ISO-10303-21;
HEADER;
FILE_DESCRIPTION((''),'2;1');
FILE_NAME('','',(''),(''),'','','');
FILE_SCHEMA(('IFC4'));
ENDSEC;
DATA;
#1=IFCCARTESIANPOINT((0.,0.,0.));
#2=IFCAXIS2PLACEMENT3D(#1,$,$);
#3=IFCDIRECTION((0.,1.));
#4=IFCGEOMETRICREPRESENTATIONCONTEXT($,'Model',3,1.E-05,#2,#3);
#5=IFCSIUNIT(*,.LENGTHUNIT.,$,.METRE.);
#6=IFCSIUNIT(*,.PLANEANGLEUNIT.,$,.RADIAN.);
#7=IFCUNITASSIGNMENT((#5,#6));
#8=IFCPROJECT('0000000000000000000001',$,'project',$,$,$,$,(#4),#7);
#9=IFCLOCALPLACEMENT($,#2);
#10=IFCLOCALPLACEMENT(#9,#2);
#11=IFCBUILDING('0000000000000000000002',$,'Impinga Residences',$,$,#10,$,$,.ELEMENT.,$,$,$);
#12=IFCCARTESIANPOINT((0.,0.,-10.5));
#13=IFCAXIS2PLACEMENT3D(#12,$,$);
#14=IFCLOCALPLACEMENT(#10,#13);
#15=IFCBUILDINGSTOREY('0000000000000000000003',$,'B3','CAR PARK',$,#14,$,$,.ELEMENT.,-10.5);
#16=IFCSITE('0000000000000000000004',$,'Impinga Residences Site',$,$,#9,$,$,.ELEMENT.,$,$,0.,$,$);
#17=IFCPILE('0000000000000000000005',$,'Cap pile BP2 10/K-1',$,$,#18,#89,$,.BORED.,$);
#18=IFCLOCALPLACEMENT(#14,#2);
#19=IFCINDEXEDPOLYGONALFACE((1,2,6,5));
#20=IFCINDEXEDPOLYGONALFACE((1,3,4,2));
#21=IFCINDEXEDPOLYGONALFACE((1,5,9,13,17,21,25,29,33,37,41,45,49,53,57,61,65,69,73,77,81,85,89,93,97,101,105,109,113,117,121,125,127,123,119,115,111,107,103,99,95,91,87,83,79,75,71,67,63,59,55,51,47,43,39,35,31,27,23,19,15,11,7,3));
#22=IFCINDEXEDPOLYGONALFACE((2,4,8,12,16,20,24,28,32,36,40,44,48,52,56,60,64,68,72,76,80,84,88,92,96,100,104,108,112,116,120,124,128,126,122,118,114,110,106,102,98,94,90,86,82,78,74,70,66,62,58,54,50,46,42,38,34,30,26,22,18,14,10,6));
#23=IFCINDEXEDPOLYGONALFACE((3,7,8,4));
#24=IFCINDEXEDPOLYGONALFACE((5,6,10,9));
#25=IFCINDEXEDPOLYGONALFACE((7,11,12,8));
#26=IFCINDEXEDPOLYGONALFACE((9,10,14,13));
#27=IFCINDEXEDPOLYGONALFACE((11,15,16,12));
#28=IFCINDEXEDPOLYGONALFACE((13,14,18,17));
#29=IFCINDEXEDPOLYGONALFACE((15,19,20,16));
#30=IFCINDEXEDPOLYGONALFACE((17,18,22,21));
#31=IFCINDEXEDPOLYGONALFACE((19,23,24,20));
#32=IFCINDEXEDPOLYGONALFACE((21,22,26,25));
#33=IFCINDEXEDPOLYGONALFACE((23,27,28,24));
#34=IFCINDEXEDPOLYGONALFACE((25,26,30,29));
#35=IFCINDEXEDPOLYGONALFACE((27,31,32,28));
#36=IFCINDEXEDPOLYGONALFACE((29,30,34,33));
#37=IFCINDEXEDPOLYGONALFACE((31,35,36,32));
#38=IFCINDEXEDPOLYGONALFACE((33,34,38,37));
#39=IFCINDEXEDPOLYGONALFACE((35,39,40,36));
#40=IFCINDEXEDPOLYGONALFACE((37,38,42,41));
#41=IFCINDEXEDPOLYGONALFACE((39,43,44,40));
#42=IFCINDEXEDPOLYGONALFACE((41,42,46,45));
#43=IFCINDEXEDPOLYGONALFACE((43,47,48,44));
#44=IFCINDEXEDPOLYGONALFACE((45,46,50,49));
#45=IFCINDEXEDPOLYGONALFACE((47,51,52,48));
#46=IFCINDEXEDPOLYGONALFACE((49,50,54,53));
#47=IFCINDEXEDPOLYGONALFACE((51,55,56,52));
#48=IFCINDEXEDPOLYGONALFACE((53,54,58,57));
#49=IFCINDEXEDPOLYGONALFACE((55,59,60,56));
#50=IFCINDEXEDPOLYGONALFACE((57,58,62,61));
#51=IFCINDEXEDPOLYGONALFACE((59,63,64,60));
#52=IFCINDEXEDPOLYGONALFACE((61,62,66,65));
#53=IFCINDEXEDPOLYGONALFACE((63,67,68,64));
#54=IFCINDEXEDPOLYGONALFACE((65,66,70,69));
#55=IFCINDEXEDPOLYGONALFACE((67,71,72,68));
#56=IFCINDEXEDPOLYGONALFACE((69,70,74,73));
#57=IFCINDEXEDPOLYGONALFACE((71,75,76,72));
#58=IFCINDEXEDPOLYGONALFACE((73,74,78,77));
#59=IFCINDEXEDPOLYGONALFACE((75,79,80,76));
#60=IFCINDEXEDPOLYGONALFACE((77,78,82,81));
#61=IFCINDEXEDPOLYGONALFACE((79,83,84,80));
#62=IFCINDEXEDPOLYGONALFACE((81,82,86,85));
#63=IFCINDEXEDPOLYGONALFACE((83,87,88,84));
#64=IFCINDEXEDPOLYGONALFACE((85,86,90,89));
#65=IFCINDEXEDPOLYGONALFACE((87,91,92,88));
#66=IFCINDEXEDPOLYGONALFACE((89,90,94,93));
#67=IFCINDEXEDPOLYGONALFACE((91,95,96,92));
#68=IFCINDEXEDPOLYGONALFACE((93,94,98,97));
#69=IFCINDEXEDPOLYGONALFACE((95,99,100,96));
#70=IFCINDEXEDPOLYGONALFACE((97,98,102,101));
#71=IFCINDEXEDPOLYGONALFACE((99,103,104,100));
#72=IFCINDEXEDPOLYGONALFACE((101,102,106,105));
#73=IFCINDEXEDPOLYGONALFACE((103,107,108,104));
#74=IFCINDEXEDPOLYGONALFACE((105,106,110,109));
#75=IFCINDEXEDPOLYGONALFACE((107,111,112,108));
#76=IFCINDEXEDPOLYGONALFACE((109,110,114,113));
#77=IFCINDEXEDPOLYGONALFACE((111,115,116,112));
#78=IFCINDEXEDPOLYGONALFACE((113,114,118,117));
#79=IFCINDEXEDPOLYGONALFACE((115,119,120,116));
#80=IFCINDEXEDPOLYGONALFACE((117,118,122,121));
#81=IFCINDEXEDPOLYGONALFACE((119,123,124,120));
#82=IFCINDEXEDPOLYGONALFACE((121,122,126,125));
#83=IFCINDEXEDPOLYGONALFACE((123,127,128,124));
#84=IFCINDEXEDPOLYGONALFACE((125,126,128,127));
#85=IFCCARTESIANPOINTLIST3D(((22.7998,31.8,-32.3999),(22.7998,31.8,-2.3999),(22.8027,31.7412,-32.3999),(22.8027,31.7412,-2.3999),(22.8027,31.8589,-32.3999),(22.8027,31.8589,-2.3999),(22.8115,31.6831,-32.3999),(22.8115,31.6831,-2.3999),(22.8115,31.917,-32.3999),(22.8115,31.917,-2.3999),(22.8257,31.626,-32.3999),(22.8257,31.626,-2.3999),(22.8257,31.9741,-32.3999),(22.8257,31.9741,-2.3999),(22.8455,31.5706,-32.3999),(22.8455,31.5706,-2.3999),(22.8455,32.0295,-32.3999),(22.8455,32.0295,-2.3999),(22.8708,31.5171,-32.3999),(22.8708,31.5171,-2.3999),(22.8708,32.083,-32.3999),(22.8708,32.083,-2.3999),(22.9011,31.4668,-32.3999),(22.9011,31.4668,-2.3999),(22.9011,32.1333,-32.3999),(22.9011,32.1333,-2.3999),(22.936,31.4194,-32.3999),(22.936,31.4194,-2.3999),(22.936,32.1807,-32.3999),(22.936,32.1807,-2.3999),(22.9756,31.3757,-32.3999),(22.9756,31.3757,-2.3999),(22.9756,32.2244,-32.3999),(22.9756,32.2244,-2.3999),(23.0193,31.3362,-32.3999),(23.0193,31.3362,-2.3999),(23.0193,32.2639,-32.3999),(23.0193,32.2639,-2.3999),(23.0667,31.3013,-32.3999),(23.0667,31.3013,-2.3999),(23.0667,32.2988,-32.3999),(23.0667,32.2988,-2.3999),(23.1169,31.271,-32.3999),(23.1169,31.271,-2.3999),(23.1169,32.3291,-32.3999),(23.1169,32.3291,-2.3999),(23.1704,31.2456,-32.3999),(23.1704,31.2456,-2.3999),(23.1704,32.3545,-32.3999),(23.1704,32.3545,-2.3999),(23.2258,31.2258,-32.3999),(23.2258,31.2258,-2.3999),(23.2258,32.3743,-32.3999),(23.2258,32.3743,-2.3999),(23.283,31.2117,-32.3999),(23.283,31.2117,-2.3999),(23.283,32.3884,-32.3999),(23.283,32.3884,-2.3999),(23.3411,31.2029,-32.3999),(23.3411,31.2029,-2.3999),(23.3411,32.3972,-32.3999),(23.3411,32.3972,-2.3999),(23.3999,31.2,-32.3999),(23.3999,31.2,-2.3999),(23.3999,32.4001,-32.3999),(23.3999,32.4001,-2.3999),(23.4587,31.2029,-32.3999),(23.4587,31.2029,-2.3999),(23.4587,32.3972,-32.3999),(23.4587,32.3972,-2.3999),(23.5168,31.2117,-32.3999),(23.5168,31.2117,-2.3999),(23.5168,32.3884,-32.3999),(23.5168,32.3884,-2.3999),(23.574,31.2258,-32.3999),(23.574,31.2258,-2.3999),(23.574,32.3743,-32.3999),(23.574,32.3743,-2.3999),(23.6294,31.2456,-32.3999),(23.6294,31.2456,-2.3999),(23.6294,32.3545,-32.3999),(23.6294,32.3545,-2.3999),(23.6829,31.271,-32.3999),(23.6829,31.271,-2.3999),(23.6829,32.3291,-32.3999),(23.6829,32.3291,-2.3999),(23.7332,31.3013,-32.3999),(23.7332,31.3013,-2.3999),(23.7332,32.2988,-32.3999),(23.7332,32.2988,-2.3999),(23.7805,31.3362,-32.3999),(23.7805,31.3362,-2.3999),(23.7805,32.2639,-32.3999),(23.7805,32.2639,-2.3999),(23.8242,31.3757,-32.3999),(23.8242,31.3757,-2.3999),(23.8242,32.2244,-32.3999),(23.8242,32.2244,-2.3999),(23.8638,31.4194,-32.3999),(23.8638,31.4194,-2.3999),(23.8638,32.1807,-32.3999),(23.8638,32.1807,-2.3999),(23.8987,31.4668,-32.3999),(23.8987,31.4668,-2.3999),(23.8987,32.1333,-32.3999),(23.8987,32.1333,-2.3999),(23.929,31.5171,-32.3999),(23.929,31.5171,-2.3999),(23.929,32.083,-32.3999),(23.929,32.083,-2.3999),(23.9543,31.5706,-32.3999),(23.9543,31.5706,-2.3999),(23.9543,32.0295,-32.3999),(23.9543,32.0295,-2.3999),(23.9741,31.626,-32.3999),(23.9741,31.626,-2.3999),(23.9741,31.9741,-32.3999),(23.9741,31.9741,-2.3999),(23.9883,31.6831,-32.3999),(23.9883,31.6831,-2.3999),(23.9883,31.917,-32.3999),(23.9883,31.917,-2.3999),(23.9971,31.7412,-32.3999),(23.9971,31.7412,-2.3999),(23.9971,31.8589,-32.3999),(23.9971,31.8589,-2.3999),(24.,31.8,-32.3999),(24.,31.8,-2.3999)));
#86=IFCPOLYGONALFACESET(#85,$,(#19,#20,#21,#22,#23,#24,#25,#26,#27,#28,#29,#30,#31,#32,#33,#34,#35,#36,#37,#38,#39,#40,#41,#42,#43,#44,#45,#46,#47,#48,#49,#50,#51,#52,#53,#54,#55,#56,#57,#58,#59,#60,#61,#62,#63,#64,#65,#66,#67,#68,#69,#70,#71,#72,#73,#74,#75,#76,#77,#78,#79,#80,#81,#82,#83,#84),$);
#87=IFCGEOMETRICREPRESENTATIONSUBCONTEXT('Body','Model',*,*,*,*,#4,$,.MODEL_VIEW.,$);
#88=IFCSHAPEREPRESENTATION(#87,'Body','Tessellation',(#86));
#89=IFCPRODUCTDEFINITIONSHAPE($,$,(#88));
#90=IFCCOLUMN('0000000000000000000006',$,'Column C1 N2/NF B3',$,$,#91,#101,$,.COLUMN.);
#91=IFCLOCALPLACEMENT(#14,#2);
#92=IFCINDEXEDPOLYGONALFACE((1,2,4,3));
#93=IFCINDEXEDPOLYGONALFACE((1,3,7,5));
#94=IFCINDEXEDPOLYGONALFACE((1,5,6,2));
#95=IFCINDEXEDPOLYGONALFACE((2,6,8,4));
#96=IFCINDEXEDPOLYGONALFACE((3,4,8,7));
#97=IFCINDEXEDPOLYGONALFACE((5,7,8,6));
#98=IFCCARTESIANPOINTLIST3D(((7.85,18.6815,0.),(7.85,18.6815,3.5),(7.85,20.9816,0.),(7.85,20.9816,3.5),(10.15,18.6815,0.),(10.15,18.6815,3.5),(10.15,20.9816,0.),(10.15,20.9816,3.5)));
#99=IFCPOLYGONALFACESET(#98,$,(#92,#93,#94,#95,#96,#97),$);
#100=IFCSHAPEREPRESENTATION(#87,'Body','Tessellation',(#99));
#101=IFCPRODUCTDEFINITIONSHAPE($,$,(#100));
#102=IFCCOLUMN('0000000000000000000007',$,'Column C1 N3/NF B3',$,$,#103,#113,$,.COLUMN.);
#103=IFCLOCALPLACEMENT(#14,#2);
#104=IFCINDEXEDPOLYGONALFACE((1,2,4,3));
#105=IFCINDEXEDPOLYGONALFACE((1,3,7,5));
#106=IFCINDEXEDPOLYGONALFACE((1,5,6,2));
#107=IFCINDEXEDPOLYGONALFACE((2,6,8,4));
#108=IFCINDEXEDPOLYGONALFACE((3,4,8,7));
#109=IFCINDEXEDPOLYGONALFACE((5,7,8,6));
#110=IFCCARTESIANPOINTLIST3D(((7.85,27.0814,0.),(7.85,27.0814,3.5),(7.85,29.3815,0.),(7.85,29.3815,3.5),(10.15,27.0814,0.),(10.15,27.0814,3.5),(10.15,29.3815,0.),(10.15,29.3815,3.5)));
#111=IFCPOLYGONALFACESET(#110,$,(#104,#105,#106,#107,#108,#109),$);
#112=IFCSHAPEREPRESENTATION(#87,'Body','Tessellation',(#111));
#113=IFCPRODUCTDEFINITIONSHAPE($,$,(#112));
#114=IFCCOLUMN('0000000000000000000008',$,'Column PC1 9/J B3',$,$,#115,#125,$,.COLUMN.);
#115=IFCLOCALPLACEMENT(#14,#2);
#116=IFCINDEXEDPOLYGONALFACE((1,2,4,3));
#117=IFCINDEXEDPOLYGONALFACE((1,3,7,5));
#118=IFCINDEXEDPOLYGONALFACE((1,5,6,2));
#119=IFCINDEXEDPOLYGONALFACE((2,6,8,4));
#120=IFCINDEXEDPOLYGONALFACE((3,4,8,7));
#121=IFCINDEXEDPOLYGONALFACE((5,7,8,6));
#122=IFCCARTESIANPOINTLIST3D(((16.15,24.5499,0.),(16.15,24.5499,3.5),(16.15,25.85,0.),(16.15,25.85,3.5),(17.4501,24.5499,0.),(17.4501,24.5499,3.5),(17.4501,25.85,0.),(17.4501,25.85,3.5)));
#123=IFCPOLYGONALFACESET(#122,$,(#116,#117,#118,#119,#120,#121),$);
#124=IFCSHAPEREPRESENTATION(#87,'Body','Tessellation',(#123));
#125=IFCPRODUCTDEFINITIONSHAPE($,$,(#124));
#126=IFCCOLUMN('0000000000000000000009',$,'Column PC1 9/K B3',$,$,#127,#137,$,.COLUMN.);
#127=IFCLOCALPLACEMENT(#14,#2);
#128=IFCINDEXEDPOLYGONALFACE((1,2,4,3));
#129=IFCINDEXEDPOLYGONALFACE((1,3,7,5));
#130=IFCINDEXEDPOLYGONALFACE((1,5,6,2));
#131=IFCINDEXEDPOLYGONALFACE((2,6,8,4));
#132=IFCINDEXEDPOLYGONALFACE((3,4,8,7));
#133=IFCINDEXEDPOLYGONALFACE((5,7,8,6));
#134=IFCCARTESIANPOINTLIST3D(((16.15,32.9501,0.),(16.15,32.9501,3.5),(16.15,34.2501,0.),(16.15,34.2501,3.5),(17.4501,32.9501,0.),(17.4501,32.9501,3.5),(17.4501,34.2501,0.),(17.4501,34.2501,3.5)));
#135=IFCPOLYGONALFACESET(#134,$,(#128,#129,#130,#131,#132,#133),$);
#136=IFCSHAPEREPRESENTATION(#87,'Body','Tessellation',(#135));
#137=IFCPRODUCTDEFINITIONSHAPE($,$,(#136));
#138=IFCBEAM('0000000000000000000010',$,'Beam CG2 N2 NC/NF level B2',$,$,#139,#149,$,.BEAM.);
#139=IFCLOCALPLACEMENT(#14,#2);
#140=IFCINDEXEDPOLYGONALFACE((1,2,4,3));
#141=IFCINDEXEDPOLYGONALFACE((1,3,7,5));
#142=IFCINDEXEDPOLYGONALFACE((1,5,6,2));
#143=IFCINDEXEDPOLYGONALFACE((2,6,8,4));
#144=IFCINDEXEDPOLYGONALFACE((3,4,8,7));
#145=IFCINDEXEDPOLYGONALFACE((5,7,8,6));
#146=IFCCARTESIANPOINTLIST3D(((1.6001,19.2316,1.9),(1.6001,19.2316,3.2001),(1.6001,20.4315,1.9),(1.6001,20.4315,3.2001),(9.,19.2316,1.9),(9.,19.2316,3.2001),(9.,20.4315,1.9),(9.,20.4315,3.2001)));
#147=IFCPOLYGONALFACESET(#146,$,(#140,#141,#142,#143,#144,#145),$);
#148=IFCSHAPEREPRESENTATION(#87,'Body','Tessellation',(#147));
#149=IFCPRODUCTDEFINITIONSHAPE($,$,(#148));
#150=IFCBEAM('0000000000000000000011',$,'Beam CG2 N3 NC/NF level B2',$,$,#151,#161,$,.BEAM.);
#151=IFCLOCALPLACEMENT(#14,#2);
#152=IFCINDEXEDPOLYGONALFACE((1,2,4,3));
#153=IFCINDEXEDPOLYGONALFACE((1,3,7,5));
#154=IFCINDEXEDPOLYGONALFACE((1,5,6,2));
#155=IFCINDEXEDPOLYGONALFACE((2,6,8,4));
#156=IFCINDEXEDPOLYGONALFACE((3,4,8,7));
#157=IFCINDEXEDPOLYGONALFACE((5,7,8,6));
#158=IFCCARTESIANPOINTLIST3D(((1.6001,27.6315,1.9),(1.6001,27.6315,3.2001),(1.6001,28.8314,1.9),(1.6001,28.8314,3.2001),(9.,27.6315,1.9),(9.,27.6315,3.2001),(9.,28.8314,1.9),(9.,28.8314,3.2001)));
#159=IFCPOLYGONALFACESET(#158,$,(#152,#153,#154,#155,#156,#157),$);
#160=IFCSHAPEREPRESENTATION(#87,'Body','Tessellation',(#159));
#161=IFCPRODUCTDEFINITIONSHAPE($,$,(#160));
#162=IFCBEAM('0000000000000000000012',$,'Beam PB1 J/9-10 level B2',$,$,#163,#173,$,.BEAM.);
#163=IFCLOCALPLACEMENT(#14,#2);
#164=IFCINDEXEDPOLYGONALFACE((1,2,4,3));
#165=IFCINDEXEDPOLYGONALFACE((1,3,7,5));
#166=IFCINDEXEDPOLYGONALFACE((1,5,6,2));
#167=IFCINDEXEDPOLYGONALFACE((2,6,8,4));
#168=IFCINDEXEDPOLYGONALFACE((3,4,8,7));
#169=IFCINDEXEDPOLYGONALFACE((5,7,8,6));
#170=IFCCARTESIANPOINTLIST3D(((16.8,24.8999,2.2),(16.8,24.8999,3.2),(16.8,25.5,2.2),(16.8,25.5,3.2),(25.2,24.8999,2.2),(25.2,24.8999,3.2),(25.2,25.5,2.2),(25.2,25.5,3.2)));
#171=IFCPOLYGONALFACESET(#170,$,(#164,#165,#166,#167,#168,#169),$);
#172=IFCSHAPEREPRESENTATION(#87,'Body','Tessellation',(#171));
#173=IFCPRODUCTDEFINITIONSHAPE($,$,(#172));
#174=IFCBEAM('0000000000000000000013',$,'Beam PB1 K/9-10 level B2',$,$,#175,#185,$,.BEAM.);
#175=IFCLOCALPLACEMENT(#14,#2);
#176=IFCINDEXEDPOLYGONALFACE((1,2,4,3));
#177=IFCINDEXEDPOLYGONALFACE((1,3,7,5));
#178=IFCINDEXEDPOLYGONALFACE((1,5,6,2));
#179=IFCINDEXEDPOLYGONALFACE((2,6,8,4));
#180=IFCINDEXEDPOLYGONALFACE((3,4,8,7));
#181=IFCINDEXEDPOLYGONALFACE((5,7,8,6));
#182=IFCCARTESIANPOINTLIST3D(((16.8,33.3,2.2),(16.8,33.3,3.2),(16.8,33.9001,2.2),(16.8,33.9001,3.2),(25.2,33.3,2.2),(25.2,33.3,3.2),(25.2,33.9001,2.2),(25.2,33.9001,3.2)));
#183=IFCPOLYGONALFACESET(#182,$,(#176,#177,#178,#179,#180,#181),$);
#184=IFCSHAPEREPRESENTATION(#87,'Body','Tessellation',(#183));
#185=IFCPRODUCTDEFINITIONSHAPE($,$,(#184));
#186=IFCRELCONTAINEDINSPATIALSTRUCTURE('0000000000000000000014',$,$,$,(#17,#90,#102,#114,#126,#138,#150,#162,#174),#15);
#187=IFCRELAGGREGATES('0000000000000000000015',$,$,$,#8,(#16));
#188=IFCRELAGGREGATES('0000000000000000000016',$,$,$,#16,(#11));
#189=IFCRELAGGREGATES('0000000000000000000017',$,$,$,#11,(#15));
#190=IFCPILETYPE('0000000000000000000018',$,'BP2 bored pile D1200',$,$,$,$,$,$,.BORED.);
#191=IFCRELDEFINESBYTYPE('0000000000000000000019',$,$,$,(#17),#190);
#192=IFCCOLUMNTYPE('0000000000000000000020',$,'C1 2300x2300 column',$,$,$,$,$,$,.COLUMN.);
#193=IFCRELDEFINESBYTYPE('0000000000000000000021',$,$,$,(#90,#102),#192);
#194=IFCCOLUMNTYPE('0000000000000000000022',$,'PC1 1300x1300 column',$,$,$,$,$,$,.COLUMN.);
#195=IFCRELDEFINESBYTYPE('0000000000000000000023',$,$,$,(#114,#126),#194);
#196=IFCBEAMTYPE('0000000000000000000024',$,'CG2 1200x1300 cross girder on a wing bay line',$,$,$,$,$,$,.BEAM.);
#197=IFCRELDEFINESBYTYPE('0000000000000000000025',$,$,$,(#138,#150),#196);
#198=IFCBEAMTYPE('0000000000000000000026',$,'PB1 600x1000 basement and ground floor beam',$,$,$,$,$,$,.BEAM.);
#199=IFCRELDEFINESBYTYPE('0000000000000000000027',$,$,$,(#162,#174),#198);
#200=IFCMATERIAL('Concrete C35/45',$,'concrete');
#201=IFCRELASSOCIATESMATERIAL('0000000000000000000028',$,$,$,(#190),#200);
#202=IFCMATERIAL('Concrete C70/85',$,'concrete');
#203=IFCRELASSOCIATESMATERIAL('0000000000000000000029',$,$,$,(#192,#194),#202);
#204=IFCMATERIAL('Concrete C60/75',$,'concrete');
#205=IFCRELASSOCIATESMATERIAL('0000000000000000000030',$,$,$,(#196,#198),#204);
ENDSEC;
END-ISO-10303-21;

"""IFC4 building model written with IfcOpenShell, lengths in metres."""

from ifc_helpers import new_model, si_unit, direction, frame, origin, origin_2d, place, context, subcontext, project, spatial, polyline, rectangle, circle, outline, extrude, material, material_profile, profile_set, type_object, element, save


model = new_model("IFC4")

# Units and contexts
model_context = context("Model", 3, precision=1e-05, world=origin(), true_north=direction((0.0, 1.0)))
body_context = subcontext(model_context, "Body", "Model", "MODEL_VIEW")
ifc_project = project(units=[si_unit("LENGTHUNIT", "METRE"), si_unit("PLANEANGLEUNIT", "RADIAN")], contexts=[model_context])

# Site, building, storey
site_placement = place(None, origin())
site = spatial("IfcSite", under=ifc_project, at=site_placement, Name="Impinga Residences Site", CompositionType="ELEMENT", RefElevation=0.0)
building_placement = place(site_placement, origin())
building = spatial("IfcBuilding", under=site, at=building_placement, Name="Impinga Residences", CompositionType="ELEMENT")
storey_placement = place(building_placement, frame((0.0, 0.0, -10.5)))
storey = spatial("IfcBuildingStorey", under=building, at=storey_placement, Name="B3", Description="CAR PARK", CompositionType="ELEMENT", Elevation=-10.5)

# Pile
ifc_material_1 = material(Name="Concrete C35/45", Category="concrete")
ifc_material_profile_1 = material_profile(ifc_material_1, circle(Radius=0.6001, at=origin_2d()), Name="D1200")
ifc_profile_set_1 = profile_set([ifc_material_profile_1], Name="Concrete C35/45")
pile_type_1 = type_object("IfcPileType", Name="BP2 bored pile D1200", PredefinedType="BORED", material=ifc_profile_set_1)
pile_1_placement = place(storey_placement, frame((23.3999, 31.8, -2.3999), z_axis=(0.0, 0.0, -1.0), x_axis=(1.0, 0.0, 0.0)))
element("IfcPile", 1, at=pile_1_placement, inside=storey, type_object=pile_type_1, Name="Cap pile BP2 10/K-1", PredefinedType="BORED", context=body_context, shape_type="SweptSolid", body=[
    extrude(outline(polyline([(0.6001, 0.0), (0.5972, 0.0588), (0.5884, 0.1169), (0.5742, 0.1741), (0.5544, 0.2295), (0.5291, 0.283), (0.4988, 0.3333), (0.4639, 0.3806), (0.4243, 0.4243), (0.3806, 0.4639), (0.3333, 0.4988), (0.283, 0.5291), (0.2295, 0.5544), (0.1741, 0.5742), (0.1169, 0.5884), (0.0588, 0.5972), (0.0, 0.6001), (-0.0588, 0.5972), (-0.1169, 0.5884), (-0.1741, 0.5742), (-0.2295, 0.5544), (-0.283, 0.5291), (-0.3333, 0.4988), (-0.3806, 0.4639), (-0.4243, 0.4243), (-0.4639, 0.3806), (-0.4988, 0.3333), (-0.5291, 0.283), (-0.5544, 0.2295), (-0.5742, 0.1741), (-0.5884, 0.1169), (-0.5972, 0.0588), (-0.6001, 0.0), (-0.5972, -0.0588), (-0.5884, -0.1169), (-0.5742, -0.1741), (-0.5544, -0.2295), (-0.5291, -0.283), (-0.4988, -0.3333), (-0.4639, -0.3806), (-0.4243, -0.4243), (-0.3806, -0.4639), (-0.3333, -0.4988), (-0.283, -0.5291), (-0.2295, -0.5544), (-0.1741, -0.5742), (-0.1169, -0.5884), (-0.0588, -0.5972), (0.0, -0.6001), (0.0588, -0.5972), (0.1169, -0.5884), (0.1741, -0.5742), (0.2295, -0.5544), (0.283, -0.5291), (0.3333, -0.4988), (0.3806, -0.4639), (0.4243, -0.4243), (0.4639, -0.3806), (0.4988, -0.3333), (0.5291, -0.283), (0.5544, -0.2295), (0.5742, -0.1741), (0.5884, -0.1169), (0.5972, -0.0588), (0.6001, 0.0)])), origin(), (0.0, 0.0, 1.0), 30.0),
])

# Columns
ifc_material_2 = material(Name="Concrete C70/85", Category="concrete")
ifc_material_profile_2 = material_profile(ifc_material_2, rectangle(XDim=2.3, YDim=2.3, at=origin_2d()), Name="RC 2300x2300")
ifc_profile_set_2 = profile_set([ifc_material_profile_2], Name="Concrete C70/85")
column_type_1 = type_object("IfcColumnType", Name="C1 2300x2300 column", PredefinedType="COLUMN", material=ifc_profile_set_2)
for number, where, z_axis, x_axis, name in (
    (2, (9.0, 19.8315, 0.0), (0.0, 0.0, 1.0), (1.0, 0.0, 0.0), "Column C1 N2/NF B3"),
    (3, (9.0, 28.2314, 0.0), (0.0, 0.0, 1.0), (1.0, 0.0, 0.0), "Column C1 N3/NF B3"),
):
    element("IfcColumn", number, at=place(storey_placement, frame(where, z_axis=z_axis, x_axis=x_axis)), inside=storey, type_object=column_type_1, Name=name, PredefinedType="COLUMN", context=body_context, shape_type="SweptSolid", body=[
        extrude(rectangle(XDim=2.3, YDim=2.3, at=origin_2d()), origin(), (0.0, 0.0, 1.0), 3.5),
    ])
ifc_material_profile_3 = material_profile(ifc_material_2, rectangle(XDim=1.3, YDim=1.3, at=origin_2d()), Name="RC 1300x1300")
ifc_profile_set_3 = profile_set([ifc_material_profile_3], Name="Concrete C70/85")
column_type_2 = type_object("IfcColumnType", Name="PC1 1300x1300 column", PredefinedType="COLUMN", material=ifc_profile_set_3)
for number, where, z_axis, x_axis, name in (
    (4, (16.8, 25.2, 0.0), (0.0, 0.0, 1.0), (1.0, 0.0, 0.0), "Column PC1 9/J B3"),
    (5, (16.8, 33.6001, 0.0), (0.0, 0.0, 1.0), (1.0, 0.0, 0.0), "Column PC1 9/K B3"),
):
    element("IfcColumn", number, at=place(storey_placement, frame(where, z_axis=z_axis, x_axis=x_axis)), inside=storey, type_object=column_type_2, Name=name, PredefinedType="COLUMN", context=body_context, shape_type="SweptSolid", body=[
        extrude(rectangle(XDim=1.3, YDim=1.3, at=origin_2d()), origin(), (0.0, 0.0, 1.0), 3.5),
    ])

# Beams
ifc_material_3 = material(Name="Concrete C60/75", Category="concrete")
ifc_material_profile_4 = material_profile(ifc_material_3, rectangle(XDim=1.2, YDim=1.3, at=origin_2d()), Name="RC 1200x1300")
ifc_profile_set_4 = profile_set([ifc_material_profile_4], Name="Concrete C60/75")
beam_type_1 = type_object("IfcBeamType", Name="CG2 1200x1300 cross girder on a wing bay line", PredefinedType="BEAM", material=ifc_profile_set_4)
for number, where, z_axis, x_axis, name in (
    (6, (1.6001, 19.8315, 2.55), (1.0, 0.0, 0.0), (0.0, 1.0, 0.0), "Beam CG2 N2 NC/NF level B2"),
    (7, (1.6001, 28.2314, 2.55), (1.0, 0.0, 0.0), (0.0, 1.0, 0.0), "Beam CG2 N3 NC/NF level B2"),
):
    element("IfcBeam", number, at=place(storey_placement, frame(where, z_axis=z_axis, x_axis=x_axis)), inside=storey, type_object=beam_type_1, Name=name, PredefinedType="BEAM", context=body_context, shape_type="SweptSolid", body=[
        extrude(rectangle(XDim=1.2, YDim=1.3, at=origin_2d()), origin(), (0.0, 0.0, 1.0), 7.3999),
    ])
ifc_material_profile_5 = material_profile(ifc_material_3, rectangle(XDim=0.6001, YDim=1.0, at=origin_2d()), Name="RC 600x1000")
ifc_profile_set_5 = profile_set([ifc_material_profile_5], Name="Concrete C60/75")
beam_type_2 = type_object("IfcBeamType", Name="PB1 600x1000 basement and ground floor beam", PredefinedType="BEAM", material=ifc_profile_set_5)
for number, where, z_axis, x_axis, name in (
    (8, (16.8, 25.2, 2.7), (1.0, 0.0, 0.0), (0.0, 1.0, 0.0), "Beam PB1 J/9-10 level B2"),
    (9, (16.8, 33.6001, 2.7), (1.0, 0.0, 0.0), (0.0, 1.0, 0.0), "Beam PB1 K/9-10 level B2"),
):
    element("IfcBeam", number, at=place(storey_placement, frame(where, z_axis=z_axis, x_axis=x_axis)), inside=storey, type_object=beam_type_2, Name=name, PredefinedType="BEAM", context=body_context, shape_type="SweptSolid", body=[
        extrude(rectangle(XDim=0.6001, YDim=1.0, at=origin_2d()), origin(), (0.0, 0.0, 1.0), 8.3999),
    ])

save(model, "model.ifc")
